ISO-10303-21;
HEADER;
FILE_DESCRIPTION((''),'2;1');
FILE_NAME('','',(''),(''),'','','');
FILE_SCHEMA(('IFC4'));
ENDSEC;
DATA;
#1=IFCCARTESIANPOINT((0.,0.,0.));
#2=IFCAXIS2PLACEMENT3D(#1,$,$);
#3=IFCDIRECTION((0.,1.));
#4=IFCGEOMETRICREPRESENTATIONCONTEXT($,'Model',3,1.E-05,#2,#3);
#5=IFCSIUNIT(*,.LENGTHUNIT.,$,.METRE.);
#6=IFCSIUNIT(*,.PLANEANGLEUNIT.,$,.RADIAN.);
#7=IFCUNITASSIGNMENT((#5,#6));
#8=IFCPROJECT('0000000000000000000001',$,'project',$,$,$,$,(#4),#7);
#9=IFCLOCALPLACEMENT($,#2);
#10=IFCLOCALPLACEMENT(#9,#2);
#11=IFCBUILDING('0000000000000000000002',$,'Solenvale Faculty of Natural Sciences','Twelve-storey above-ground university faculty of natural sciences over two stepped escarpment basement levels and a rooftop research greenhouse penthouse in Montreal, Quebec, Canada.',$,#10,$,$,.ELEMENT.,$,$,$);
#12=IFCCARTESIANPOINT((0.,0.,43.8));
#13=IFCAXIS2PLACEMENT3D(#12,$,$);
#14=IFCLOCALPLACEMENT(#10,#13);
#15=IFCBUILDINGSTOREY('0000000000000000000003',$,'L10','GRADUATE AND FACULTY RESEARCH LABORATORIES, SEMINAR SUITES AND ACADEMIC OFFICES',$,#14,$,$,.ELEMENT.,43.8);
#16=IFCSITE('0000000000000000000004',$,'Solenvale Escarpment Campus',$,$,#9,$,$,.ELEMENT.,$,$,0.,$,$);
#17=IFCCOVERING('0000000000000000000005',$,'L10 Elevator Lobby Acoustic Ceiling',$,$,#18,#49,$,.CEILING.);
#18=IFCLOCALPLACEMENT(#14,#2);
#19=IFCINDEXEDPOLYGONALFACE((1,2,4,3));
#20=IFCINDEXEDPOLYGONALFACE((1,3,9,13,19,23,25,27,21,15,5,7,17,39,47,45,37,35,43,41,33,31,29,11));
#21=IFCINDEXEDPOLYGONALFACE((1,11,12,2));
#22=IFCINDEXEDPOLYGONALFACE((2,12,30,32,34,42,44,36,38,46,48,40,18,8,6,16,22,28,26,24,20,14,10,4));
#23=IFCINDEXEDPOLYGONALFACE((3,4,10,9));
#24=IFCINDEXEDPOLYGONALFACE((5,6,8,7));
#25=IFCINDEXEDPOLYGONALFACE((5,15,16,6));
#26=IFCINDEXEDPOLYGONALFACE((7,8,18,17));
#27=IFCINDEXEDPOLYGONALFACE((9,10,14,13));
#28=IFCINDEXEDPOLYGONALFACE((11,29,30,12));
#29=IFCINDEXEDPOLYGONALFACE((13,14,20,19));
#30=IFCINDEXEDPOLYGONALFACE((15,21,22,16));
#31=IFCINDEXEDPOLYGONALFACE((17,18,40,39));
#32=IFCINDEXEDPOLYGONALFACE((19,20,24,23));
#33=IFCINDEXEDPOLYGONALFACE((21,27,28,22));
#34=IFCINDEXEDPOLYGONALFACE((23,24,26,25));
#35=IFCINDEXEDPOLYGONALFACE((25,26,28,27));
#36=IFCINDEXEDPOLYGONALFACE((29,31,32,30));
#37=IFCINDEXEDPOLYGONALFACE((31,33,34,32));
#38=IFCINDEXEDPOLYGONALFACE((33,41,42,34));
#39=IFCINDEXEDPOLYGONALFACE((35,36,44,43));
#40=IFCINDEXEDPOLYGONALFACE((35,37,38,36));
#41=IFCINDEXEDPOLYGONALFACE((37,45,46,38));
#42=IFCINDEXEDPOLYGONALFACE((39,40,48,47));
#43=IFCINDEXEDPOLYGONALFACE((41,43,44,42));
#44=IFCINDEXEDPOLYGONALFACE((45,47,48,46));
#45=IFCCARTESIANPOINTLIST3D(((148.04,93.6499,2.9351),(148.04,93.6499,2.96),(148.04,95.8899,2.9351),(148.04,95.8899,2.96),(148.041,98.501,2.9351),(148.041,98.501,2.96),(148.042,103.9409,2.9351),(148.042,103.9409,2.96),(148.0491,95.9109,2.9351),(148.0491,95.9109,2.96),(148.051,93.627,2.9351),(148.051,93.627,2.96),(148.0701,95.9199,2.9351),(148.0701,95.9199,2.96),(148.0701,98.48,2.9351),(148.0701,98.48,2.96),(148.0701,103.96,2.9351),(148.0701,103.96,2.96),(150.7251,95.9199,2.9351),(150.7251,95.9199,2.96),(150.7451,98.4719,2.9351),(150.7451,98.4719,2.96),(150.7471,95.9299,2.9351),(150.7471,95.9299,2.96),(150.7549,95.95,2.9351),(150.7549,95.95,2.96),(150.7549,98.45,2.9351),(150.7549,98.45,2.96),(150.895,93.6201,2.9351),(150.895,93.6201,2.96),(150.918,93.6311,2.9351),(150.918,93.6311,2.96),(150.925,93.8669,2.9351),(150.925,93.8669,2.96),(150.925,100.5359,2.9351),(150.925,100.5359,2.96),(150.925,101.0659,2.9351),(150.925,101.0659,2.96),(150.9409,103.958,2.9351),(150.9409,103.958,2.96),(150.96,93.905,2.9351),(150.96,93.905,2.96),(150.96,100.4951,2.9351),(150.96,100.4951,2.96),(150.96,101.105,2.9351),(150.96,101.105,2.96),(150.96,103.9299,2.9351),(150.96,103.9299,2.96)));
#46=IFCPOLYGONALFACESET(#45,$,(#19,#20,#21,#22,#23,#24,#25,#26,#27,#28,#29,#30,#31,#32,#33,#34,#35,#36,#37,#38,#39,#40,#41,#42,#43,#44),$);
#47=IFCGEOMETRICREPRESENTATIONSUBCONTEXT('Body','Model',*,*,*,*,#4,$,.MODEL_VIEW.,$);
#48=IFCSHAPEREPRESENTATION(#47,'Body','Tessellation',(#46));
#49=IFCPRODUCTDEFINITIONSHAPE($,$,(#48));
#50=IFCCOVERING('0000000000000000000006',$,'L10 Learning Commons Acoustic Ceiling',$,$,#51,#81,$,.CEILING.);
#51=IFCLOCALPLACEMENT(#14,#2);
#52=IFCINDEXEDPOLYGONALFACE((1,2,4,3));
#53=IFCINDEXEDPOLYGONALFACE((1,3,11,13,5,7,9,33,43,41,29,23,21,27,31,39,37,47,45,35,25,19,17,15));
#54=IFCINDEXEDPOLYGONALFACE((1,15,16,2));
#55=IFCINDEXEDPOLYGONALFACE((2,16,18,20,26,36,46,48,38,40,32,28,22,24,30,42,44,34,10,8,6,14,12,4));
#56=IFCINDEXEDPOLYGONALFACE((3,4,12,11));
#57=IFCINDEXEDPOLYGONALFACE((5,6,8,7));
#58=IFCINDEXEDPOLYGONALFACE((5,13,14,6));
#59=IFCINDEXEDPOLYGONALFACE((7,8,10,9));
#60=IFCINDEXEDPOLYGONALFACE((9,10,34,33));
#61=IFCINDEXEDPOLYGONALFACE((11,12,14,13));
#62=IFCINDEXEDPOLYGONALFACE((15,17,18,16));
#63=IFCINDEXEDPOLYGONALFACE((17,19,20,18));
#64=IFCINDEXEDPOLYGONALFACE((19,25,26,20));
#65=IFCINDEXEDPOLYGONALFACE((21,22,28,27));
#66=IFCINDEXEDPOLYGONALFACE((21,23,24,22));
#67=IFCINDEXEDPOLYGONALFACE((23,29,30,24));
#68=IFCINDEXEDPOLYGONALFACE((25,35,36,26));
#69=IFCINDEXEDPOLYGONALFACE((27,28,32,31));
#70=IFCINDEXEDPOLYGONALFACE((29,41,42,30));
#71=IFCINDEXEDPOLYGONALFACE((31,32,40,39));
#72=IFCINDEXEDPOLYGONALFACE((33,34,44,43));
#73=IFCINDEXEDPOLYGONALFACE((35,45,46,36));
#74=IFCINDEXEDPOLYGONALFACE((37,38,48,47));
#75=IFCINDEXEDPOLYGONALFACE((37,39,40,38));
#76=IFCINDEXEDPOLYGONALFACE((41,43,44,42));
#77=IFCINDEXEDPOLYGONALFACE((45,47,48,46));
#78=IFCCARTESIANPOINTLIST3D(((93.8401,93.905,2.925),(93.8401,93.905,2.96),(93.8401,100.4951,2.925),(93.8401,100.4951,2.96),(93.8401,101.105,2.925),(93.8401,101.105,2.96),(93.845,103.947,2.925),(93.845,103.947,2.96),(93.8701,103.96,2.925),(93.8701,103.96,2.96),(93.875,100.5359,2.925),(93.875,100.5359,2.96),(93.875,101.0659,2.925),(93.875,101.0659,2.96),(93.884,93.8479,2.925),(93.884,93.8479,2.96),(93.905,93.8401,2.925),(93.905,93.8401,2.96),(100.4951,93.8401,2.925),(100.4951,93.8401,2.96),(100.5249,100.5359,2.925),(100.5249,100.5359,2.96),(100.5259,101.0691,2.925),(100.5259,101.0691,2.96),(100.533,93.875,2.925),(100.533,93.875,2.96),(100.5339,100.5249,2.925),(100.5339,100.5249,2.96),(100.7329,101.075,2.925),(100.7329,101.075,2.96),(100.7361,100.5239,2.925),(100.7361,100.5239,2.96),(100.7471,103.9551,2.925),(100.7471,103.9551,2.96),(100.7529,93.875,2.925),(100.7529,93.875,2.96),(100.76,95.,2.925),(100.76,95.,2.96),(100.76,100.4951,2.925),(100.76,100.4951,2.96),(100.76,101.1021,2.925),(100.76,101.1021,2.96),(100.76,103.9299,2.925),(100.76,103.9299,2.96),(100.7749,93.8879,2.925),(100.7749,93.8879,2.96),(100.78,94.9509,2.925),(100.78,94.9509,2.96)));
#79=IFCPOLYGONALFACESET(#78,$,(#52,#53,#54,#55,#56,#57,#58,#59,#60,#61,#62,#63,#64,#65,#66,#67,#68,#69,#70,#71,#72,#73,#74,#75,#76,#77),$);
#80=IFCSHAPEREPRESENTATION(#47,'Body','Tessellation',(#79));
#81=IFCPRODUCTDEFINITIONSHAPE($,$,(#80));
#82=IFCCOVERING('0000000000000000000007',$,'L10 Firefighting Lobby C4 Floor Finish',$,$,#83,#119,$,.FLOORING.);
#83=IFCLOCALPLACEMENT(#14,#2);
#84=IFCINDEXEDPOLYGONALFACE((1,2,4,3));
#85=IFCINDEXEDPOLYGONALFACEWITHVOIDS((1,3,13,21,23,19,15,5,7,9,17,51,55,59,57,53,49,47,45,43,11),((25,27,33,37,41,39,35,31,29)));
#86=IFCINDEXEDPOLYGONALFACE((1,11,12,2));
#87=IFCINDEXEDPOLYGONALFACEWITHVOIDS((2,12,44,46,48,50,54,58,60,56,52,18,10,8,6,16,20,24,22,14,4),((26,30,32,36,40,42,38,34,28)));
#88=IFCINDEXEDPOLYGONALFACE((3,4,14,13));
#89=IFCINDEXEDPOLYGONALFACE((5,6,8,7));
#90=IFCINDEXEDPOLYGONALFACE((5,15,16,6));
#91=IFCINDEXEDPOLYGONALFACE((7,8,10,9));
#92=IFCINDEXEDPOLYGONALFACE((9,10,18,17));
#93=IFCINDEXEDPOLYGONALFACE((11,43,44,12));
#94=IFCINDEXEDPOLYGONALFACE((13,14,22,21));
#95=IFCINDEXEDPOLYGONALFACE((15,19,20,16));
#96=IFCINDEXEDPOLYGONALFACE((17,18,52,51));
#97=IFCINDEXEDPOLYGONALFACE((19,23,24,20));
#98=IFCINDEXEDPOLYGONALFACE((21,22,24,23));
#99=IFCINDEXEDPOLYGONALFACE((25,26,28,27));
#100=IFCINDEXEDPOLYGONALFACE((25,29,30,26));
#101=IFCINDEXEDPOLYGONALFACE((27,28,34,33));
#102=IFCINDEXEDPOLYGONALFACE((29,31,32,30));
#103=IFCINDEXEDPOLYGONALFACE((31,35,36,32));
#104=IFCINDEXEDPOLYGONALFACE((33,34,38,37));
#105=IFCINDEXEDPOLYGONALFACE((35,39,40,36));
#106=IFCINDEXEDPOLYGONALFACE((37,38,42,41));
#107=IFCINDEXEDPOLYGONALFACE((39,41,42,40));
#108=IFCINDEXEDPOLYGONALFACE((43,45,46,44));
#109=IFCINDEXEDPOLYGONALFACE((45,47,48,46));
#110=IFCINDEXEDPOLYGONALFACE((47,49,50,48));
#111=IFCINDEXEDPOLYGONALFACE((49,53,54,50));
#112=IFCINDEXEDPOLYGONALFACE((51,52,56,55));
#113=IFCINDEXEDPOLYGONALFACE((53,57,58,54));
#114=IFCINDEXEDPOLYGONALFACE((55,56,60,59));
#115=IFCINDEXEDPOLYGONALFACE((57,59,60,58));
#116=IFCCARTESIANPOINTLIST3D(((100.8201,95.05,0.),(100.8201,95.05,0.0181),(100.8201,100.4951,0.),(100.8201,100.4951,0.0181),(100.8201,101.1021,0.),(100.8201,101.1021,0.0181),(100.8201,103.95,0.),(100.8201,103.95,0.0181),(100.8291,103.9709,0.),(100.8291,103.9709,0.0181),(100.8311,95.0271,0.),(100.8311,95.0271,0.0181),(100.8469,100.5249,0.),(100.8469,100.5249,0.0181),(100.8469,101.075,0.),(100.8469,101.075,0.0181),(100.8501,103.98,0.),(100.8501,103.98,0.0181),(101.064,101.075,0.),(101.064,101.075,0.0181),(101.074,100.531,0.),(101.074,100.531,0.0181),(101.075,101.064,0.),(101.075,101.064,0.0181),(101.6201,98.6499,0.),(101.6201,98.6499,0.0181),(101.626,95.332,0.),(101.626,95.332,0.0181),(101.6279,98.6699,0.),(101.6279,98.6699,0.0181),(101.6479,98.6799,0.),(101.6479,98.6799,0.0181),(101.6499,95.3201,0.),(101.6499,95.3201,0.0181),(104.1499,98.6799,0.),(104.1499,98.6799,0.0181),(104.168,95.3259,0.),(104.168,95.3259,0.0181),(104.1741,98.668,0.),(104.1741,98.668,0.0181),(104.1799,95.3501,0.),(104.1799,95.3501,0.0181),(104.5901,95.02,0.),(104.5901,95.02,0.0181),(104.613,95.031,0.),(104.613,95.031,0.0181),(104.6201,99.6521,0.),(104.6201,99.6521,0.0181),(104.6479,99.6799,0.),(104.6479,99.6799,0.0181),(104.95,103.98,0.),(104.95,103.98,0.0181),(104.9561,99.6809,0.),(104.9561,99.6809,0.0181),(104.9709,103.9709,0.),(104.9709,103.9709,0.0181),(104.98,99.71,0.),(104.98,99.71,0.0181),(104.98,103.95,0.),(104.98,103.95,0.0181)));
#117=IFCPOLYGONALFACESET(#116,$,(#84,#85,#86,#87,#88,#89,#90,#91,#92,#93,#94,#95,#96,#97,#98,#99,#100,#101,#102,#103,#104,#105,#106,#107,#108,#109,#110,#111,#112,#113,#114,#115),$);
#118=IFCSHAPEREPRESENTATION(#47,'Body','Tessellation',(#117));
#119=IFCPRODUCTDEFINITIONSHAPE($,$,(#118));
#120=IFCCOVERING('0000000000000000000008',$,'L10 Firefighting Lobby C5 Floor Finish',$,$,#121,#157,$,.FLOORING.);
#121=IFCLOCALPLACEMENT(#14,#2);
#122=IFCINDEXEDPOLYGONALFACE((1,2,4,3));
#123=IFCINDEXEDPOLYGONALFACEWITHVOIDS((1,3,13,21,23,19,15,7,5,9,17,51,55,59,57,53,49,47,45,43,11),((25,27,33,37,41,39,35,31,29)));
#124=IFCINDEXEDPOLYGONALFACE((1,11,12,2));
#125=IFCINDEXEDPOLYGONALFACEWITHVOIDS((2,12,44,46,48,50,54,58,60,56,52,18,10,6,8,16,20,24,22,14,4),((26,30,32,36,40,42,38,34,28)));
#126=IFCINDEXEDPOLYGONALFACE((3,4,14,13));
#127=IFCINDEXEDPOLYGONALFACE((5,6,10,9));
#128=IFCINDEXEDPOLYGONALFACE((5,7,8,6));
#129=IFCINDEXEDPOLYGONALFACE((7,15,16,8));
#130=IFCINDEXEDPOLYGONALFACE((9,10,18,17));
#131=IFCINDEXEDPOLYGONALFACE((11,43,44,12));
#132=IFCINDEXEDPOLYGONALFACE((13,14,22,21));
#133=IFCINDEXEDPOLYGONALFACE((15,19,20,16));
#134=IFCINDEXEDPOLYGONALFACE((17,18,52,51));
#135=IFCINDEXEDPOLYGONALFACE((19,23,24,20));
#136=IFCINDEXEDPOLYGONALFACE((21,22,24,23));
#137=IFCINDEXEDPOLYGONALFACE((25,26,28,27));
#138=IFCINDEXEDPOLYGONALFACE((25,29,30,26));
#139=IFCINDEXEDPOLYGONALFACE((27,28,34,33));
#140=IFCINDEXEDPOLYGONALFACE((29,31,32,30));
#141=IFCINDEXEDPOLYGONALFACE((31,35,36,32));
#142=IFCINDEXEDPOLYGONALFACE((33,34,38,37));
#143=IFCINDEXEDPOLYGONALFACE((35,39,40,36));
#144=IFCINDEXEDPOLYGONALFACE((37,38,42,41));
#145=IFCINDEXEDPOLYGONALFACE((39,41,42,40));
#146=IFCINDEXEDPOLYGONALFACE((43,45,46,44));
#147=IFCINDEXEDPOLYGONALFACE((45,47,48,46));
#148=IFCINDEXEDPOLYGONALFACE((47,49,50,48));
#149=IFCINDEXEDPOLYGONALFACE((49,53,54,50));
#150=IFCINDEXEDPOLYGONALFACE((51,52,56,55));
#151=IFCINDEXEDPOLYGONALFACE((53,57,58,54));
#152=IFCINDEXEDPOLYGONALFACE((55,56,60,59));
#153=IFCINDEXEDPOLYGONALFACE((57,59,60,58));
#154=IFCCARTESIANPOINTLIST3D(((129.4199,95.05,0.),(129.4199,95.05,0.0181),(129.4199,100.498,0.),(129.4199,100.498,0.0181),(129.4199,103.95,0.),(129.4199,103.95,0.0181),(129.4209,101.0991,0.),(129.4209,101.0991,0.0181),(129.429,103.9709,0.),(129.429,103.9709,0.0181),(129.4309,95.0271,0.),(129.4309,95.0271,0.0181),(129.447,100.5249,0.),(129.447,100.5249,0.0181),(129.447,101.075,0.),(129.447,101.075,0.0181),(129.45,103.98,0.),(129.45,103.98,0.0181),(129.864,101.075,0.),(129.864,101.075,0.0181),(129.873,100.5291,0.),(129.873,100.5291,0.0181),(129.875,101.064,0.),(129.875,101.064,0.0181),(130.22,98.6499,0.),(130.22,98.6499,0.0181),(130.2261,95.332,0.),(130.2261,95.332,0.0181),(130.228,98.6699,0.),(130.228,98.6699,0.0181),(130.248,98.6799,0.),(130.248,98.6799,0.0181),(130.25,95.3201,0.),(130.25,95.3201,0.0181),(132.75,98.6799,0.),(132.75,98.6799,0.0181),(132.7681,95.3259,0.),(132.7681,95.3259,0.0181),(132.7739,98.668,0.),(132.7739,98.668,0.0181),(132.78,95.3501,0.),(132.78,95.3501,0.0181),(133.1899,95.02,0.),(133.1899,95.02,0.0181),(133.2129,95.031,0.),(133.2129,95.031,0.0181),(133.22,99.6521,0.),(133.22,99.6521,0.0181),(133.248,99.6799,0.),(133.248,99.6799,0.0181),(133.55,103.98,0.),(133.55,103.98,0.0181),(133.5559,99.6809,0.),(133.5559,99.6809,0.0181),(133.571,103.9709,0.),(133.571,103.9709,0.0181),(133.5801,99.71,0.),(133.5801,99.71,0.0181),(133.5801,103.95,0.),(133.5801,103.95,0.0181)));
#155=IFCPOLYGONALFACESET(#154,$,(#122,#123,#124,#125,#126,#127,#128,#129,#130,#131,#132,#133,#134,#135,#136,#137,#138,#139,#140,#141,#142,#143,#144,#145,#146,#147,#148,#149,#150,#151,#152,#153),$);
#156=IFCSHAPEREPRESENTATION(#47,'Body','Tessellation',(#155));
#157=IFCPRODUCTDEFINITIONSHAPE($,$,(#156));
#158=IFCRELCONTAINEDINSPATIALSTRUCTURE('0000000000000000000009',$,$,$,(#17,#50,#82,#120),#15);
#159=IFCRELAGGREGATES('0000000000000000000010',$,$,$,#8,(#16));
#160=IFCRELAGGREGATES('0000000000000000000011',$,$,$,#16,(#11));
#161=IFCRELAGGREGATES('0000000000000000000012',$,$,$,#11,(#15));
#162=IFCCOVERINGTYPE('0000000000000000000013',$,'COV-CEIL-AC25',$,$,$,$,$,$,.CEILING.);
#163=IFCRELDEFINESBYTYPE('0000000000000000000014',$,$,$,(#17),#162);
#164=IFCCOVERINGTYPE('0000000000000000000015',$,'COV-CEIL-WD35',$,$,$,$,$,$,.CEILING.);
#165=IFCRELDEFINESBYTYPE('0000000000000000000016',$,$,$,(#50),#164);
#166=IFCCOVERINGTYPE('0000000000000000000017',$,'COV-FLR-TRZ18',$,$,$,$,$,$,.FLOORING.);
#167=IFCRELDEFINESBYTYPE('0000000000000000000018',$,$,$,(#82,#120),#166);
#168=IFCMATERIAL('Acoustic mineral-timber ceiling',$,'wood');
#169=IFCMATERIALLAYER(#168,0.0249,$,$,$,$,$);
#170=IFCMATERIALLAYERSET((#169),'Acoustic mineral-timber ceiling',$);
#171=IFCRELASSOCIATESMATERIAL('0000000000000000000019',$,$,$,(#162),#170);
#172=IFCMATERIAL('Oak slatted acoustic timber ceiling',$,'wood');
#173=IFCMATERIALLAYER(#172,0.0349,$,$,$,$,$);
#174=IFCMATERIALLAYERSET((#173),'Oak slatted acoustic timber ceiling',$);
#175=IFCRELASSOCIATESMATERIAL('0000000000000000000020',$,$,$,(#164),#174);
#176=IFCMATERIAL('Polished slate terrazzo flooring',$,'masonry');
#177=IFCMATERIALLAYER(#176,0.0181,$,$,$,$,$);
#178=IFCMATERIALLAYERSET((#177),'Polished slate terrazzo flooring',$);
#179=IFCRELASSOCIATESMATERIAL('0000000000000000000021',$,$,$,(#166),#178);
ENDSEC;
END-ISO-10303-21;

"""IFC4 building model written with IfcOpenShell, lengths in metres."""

from ifc_helpers import new_model, si_unit, direction, frame, origin, place, context, subcontext, project, spatial, polyline, outline, extrude, material, layer, layer_set, type_object, element, save


model = new_model("IFC4")

# Units and contexts
model_context = context("Model", 3, precision=1e-05, world=origin(), true_north=direction((0.0, 1.0)))
body_context = subcontext(model_context, "Body", "Model", "MODEL_VIEW")
ifc_project = project(units=[si_unit("LENGTHUNIT", "METRE"), si_unit("PLANEANGLEUNIT", "RADIAN")], contexts=[model_context])

# Site, building, storey
site_placement = place(None, origin())
site = spatial("IfcSite", under=ifc_project, at=site_placement, Name="Solenvale Escarpment Campus", CompositionType="ELEMENT", RefElevation=0.0)
building_placement = place(site_placement, origin())
building = spatial("IfcBuilding", under=site, at=building_placement, Name="Solenvale Faculty of Natural Sciences", Description="Twelve-storey above-ground university faculty of natural sciences over two stepped escarpment basement levels and a rooftop research greenhouse penthouse in Montreal, Quebec, Canada.", CompositionType="ELEMENT")
storey_placement = place(building_placement, frame((0.0, 0.0, 43.8)))
storey = spatial("IfcBuildingStorey", under=building, at=storey_placement, Name="L10", Description="GRADUATE AND FACULTY RESEARCH LABORATORIES, SEMINAR SUITES AND ACADEMIC OFFICES", CompositionType="ELEMENT", Elevation=43.8)

# Coverings
ifc_material_1 = material(Name="Acoustic mineral-timber ceiling", Category="wood")
ifc_layer_1 = layer(ifc_material_1, 0.0249)
ifc_layer_set_1 = layer_set([ifc_layer_1], Name="Acoustic mineral-timber ceiling")
covering_type_1 = type_object("IfcCoveringType", Name="COV-CEIL-AC25", PredefinedType="CEILING", material=ifc_layer_set_1)
covering_1_placement = place(storey_placement, frame((0.0, 0.0, 2.9351)))
element("IfcCovering", 1, at=covering_1_placement, inside=storey, type_object=covering_type_1, Name="L10 Elevator Lobby Acoustic Ceiling", PredefinedType="CEILING", context=body_context, shape_type="SweptSolid", body=[
    extrude(outline(polyline([(148.04, 95.8899), (148.0491, 95.9109), (148.0701, 95.9199), (150.7251, 95.9199), (150.7471, 95.9299), (150.7549, 95.95), (150.7549, 98.45), (150.7451, 98.4719), (148.0701, 98.48), (148.041, 98.501), (148.042, 103.9409), (148.0701, 103.96), (150.9409, 103.958), (150.96, 103.9299), (150.96, 101.105), (150.925, 101.0659), (150.925, 100.5359), (150.96, 100.4951), (150.96, 93.905), (150.925, 93.8669), (150.918, 93.6311), (150.895, 93.6201), (148.051, 93.627), (148.04, 93.6499), (148.04, 95.8899)])), origin(), (0.0, 0.0, 1.0), 0.0249),
])
ifc_material_2 = material(Name="Oak slatted acoustic timber ceiling", Category="wood")
ifc_layer_2 = layer(ifc_material_2, 0.0349)
ifc_layer_set_2 = layer_set([ifc_layer_2], Name="Oak slatted acoustic timber ceiling")
covering_type_2 = type_object("IfcCoveringType", Name="COV-CEIL-WD35", PredefinedType="CEILING", material=ifc_layer_set_2)
covering_2_placement = place(storey_placement, frame((0.0, 0.0, 2.925)))
element("IfcCovering", 2, at=covering_2_placement, inside=storey, type_object=covering_type_2, Name="L10 Learning Commons Acoustic Ceiling", PredefinedType="CEILING", context=body_context, shape_type="SweptSolid", body=[
    extrude(outline(polyline([(93.905, 93.8401), (93.884, 93.8479), (93.8401, 93.905), (93.8401, 100.4951), (93.875, 100.5359), (93.875, 101.0659), (93.8401, 101.105), (93.845, 103.947), (93.8701, 103.96), (100.7471, 103.9551), (100.76, 103.9299), (100.76, 101.1021), (100.7329, 101.075), (100.5259, 101.0691), (100.5249, 100.5359), (100.5339, 100.5249), (100.7361, 100.5239), (100.76, 100.4951), (100.76, 95.0), (100.78, 94.9509), (100.7749, 93.8879), (100.7529, 93.875), (100.533, 93.875), (100.4951, 93.8401), (93.905, 93.8401)])), origin(), (0.0, 0.0, 1.0), 0.0349),
])
ifc_material_3 = material(Name="Polished slate terrazzo flooring", Category="masonry")
ifc_layer_3 = layer(ifc_material_3, 0.0181)
ifc_layer_set_3 = layer_set([ifc_layer_3], Name="Polished slate terrazzo flooring")
covering_type_3 = type_object("IfcCoveringType", Name="COV-FLR-TRZ18", PredefinedType="FLOORING", material=ifc_layer_set_3)
covering_3_placement = place(storey_placement, origin())
element("IfcCovering", 3, at=covering_3_placement, inside=storey, type_object=covering_type_3, Name="L10 Firefighting Lobby C4 Floor Finish", PredefinedType="FLOORING", context=body_context, shape_type="SweptSolid", body=[
    extrude(outline(polyline([(104.98, 99.71), (104.9561, 99.6809), (104.6479, 99.6799), (104.6201, 99.6521), (104.613, 95.031), (104.5901, 95.02), (100.8311, 95.0271), (100.8201, 95.05), (100.8201, 100.4951), (100.8469, 100.5249), (101.074, 100.531), (101.075, 101.064), (101.064, 101.075), (100.8469, 101.075), (100.8201, 101.1021), (100.8201, 103.95), (100.8291, 103.9709), (100.8501, 103.98), (104.95, 103.98), (104.9709, 103.9709), (104.98, 103.95), (104.98, 99.71)]), holes=[polyline([(101.6479, 98.6799), (101.6279, 98.6699), (101.6201, 98.6499), (101.626, 95.332), (101.6499, 95.3201), (104.168, 95.3259), (104.1799, 95.3501), (104.1741, 98.668), (104.1499, 98.6799), (101.6479, 98.6799)])]), origin(), (0.0, 0.0, 1.0), 0.0181),
])
covering_4_placement = place(storey_placement, origin())
element("IfcCovering", 4, at=covering_4_placement, inside=storey, type_object=covering_type_3, Name="L10 Firefighting Lobby C5 Floor Finish", PredefinedType="FLOORING", context=body_context, shape_type="SweptSolid", body=[
    extrude(outline(polyline([(133.5801, 99.71), (133.5559, 99.6809), (133.248, 99.6799), (133.22, 99.6521), (133.2129, 95.031), (133.1899, 95.02), (129.4309, 95.0271), (129.4199, 95.05), (129.4199, 100.498), (129.447, 100.5249), (129.873, 100.5291), (129.875, 101.064), (129.864, 101.075), (129.447, 101.075), (129.4209, 101.0991), (129.4199, 103.95), (129.429, 103.9709), (129.45, 103.98), (133.55, 103.98), (133.571, 103.9709), (133.5801, 103.95), (133.5801, 99.71)]), holes=[polyline([(130.248, 98.6799), (130.228, 98.6699), (130.22, 98.6499), (130.2261, 95.332), (130.25, 95.3201), (132.7681, 95.3259), (132.78, 95.3501), (132.7739, 98.668), (132.75, 98.6799), (130.248, 98.6799)])]), origin(), (0.0, 0.0, 1.0), 0.0181),
])

save(model, "model.ifc")
